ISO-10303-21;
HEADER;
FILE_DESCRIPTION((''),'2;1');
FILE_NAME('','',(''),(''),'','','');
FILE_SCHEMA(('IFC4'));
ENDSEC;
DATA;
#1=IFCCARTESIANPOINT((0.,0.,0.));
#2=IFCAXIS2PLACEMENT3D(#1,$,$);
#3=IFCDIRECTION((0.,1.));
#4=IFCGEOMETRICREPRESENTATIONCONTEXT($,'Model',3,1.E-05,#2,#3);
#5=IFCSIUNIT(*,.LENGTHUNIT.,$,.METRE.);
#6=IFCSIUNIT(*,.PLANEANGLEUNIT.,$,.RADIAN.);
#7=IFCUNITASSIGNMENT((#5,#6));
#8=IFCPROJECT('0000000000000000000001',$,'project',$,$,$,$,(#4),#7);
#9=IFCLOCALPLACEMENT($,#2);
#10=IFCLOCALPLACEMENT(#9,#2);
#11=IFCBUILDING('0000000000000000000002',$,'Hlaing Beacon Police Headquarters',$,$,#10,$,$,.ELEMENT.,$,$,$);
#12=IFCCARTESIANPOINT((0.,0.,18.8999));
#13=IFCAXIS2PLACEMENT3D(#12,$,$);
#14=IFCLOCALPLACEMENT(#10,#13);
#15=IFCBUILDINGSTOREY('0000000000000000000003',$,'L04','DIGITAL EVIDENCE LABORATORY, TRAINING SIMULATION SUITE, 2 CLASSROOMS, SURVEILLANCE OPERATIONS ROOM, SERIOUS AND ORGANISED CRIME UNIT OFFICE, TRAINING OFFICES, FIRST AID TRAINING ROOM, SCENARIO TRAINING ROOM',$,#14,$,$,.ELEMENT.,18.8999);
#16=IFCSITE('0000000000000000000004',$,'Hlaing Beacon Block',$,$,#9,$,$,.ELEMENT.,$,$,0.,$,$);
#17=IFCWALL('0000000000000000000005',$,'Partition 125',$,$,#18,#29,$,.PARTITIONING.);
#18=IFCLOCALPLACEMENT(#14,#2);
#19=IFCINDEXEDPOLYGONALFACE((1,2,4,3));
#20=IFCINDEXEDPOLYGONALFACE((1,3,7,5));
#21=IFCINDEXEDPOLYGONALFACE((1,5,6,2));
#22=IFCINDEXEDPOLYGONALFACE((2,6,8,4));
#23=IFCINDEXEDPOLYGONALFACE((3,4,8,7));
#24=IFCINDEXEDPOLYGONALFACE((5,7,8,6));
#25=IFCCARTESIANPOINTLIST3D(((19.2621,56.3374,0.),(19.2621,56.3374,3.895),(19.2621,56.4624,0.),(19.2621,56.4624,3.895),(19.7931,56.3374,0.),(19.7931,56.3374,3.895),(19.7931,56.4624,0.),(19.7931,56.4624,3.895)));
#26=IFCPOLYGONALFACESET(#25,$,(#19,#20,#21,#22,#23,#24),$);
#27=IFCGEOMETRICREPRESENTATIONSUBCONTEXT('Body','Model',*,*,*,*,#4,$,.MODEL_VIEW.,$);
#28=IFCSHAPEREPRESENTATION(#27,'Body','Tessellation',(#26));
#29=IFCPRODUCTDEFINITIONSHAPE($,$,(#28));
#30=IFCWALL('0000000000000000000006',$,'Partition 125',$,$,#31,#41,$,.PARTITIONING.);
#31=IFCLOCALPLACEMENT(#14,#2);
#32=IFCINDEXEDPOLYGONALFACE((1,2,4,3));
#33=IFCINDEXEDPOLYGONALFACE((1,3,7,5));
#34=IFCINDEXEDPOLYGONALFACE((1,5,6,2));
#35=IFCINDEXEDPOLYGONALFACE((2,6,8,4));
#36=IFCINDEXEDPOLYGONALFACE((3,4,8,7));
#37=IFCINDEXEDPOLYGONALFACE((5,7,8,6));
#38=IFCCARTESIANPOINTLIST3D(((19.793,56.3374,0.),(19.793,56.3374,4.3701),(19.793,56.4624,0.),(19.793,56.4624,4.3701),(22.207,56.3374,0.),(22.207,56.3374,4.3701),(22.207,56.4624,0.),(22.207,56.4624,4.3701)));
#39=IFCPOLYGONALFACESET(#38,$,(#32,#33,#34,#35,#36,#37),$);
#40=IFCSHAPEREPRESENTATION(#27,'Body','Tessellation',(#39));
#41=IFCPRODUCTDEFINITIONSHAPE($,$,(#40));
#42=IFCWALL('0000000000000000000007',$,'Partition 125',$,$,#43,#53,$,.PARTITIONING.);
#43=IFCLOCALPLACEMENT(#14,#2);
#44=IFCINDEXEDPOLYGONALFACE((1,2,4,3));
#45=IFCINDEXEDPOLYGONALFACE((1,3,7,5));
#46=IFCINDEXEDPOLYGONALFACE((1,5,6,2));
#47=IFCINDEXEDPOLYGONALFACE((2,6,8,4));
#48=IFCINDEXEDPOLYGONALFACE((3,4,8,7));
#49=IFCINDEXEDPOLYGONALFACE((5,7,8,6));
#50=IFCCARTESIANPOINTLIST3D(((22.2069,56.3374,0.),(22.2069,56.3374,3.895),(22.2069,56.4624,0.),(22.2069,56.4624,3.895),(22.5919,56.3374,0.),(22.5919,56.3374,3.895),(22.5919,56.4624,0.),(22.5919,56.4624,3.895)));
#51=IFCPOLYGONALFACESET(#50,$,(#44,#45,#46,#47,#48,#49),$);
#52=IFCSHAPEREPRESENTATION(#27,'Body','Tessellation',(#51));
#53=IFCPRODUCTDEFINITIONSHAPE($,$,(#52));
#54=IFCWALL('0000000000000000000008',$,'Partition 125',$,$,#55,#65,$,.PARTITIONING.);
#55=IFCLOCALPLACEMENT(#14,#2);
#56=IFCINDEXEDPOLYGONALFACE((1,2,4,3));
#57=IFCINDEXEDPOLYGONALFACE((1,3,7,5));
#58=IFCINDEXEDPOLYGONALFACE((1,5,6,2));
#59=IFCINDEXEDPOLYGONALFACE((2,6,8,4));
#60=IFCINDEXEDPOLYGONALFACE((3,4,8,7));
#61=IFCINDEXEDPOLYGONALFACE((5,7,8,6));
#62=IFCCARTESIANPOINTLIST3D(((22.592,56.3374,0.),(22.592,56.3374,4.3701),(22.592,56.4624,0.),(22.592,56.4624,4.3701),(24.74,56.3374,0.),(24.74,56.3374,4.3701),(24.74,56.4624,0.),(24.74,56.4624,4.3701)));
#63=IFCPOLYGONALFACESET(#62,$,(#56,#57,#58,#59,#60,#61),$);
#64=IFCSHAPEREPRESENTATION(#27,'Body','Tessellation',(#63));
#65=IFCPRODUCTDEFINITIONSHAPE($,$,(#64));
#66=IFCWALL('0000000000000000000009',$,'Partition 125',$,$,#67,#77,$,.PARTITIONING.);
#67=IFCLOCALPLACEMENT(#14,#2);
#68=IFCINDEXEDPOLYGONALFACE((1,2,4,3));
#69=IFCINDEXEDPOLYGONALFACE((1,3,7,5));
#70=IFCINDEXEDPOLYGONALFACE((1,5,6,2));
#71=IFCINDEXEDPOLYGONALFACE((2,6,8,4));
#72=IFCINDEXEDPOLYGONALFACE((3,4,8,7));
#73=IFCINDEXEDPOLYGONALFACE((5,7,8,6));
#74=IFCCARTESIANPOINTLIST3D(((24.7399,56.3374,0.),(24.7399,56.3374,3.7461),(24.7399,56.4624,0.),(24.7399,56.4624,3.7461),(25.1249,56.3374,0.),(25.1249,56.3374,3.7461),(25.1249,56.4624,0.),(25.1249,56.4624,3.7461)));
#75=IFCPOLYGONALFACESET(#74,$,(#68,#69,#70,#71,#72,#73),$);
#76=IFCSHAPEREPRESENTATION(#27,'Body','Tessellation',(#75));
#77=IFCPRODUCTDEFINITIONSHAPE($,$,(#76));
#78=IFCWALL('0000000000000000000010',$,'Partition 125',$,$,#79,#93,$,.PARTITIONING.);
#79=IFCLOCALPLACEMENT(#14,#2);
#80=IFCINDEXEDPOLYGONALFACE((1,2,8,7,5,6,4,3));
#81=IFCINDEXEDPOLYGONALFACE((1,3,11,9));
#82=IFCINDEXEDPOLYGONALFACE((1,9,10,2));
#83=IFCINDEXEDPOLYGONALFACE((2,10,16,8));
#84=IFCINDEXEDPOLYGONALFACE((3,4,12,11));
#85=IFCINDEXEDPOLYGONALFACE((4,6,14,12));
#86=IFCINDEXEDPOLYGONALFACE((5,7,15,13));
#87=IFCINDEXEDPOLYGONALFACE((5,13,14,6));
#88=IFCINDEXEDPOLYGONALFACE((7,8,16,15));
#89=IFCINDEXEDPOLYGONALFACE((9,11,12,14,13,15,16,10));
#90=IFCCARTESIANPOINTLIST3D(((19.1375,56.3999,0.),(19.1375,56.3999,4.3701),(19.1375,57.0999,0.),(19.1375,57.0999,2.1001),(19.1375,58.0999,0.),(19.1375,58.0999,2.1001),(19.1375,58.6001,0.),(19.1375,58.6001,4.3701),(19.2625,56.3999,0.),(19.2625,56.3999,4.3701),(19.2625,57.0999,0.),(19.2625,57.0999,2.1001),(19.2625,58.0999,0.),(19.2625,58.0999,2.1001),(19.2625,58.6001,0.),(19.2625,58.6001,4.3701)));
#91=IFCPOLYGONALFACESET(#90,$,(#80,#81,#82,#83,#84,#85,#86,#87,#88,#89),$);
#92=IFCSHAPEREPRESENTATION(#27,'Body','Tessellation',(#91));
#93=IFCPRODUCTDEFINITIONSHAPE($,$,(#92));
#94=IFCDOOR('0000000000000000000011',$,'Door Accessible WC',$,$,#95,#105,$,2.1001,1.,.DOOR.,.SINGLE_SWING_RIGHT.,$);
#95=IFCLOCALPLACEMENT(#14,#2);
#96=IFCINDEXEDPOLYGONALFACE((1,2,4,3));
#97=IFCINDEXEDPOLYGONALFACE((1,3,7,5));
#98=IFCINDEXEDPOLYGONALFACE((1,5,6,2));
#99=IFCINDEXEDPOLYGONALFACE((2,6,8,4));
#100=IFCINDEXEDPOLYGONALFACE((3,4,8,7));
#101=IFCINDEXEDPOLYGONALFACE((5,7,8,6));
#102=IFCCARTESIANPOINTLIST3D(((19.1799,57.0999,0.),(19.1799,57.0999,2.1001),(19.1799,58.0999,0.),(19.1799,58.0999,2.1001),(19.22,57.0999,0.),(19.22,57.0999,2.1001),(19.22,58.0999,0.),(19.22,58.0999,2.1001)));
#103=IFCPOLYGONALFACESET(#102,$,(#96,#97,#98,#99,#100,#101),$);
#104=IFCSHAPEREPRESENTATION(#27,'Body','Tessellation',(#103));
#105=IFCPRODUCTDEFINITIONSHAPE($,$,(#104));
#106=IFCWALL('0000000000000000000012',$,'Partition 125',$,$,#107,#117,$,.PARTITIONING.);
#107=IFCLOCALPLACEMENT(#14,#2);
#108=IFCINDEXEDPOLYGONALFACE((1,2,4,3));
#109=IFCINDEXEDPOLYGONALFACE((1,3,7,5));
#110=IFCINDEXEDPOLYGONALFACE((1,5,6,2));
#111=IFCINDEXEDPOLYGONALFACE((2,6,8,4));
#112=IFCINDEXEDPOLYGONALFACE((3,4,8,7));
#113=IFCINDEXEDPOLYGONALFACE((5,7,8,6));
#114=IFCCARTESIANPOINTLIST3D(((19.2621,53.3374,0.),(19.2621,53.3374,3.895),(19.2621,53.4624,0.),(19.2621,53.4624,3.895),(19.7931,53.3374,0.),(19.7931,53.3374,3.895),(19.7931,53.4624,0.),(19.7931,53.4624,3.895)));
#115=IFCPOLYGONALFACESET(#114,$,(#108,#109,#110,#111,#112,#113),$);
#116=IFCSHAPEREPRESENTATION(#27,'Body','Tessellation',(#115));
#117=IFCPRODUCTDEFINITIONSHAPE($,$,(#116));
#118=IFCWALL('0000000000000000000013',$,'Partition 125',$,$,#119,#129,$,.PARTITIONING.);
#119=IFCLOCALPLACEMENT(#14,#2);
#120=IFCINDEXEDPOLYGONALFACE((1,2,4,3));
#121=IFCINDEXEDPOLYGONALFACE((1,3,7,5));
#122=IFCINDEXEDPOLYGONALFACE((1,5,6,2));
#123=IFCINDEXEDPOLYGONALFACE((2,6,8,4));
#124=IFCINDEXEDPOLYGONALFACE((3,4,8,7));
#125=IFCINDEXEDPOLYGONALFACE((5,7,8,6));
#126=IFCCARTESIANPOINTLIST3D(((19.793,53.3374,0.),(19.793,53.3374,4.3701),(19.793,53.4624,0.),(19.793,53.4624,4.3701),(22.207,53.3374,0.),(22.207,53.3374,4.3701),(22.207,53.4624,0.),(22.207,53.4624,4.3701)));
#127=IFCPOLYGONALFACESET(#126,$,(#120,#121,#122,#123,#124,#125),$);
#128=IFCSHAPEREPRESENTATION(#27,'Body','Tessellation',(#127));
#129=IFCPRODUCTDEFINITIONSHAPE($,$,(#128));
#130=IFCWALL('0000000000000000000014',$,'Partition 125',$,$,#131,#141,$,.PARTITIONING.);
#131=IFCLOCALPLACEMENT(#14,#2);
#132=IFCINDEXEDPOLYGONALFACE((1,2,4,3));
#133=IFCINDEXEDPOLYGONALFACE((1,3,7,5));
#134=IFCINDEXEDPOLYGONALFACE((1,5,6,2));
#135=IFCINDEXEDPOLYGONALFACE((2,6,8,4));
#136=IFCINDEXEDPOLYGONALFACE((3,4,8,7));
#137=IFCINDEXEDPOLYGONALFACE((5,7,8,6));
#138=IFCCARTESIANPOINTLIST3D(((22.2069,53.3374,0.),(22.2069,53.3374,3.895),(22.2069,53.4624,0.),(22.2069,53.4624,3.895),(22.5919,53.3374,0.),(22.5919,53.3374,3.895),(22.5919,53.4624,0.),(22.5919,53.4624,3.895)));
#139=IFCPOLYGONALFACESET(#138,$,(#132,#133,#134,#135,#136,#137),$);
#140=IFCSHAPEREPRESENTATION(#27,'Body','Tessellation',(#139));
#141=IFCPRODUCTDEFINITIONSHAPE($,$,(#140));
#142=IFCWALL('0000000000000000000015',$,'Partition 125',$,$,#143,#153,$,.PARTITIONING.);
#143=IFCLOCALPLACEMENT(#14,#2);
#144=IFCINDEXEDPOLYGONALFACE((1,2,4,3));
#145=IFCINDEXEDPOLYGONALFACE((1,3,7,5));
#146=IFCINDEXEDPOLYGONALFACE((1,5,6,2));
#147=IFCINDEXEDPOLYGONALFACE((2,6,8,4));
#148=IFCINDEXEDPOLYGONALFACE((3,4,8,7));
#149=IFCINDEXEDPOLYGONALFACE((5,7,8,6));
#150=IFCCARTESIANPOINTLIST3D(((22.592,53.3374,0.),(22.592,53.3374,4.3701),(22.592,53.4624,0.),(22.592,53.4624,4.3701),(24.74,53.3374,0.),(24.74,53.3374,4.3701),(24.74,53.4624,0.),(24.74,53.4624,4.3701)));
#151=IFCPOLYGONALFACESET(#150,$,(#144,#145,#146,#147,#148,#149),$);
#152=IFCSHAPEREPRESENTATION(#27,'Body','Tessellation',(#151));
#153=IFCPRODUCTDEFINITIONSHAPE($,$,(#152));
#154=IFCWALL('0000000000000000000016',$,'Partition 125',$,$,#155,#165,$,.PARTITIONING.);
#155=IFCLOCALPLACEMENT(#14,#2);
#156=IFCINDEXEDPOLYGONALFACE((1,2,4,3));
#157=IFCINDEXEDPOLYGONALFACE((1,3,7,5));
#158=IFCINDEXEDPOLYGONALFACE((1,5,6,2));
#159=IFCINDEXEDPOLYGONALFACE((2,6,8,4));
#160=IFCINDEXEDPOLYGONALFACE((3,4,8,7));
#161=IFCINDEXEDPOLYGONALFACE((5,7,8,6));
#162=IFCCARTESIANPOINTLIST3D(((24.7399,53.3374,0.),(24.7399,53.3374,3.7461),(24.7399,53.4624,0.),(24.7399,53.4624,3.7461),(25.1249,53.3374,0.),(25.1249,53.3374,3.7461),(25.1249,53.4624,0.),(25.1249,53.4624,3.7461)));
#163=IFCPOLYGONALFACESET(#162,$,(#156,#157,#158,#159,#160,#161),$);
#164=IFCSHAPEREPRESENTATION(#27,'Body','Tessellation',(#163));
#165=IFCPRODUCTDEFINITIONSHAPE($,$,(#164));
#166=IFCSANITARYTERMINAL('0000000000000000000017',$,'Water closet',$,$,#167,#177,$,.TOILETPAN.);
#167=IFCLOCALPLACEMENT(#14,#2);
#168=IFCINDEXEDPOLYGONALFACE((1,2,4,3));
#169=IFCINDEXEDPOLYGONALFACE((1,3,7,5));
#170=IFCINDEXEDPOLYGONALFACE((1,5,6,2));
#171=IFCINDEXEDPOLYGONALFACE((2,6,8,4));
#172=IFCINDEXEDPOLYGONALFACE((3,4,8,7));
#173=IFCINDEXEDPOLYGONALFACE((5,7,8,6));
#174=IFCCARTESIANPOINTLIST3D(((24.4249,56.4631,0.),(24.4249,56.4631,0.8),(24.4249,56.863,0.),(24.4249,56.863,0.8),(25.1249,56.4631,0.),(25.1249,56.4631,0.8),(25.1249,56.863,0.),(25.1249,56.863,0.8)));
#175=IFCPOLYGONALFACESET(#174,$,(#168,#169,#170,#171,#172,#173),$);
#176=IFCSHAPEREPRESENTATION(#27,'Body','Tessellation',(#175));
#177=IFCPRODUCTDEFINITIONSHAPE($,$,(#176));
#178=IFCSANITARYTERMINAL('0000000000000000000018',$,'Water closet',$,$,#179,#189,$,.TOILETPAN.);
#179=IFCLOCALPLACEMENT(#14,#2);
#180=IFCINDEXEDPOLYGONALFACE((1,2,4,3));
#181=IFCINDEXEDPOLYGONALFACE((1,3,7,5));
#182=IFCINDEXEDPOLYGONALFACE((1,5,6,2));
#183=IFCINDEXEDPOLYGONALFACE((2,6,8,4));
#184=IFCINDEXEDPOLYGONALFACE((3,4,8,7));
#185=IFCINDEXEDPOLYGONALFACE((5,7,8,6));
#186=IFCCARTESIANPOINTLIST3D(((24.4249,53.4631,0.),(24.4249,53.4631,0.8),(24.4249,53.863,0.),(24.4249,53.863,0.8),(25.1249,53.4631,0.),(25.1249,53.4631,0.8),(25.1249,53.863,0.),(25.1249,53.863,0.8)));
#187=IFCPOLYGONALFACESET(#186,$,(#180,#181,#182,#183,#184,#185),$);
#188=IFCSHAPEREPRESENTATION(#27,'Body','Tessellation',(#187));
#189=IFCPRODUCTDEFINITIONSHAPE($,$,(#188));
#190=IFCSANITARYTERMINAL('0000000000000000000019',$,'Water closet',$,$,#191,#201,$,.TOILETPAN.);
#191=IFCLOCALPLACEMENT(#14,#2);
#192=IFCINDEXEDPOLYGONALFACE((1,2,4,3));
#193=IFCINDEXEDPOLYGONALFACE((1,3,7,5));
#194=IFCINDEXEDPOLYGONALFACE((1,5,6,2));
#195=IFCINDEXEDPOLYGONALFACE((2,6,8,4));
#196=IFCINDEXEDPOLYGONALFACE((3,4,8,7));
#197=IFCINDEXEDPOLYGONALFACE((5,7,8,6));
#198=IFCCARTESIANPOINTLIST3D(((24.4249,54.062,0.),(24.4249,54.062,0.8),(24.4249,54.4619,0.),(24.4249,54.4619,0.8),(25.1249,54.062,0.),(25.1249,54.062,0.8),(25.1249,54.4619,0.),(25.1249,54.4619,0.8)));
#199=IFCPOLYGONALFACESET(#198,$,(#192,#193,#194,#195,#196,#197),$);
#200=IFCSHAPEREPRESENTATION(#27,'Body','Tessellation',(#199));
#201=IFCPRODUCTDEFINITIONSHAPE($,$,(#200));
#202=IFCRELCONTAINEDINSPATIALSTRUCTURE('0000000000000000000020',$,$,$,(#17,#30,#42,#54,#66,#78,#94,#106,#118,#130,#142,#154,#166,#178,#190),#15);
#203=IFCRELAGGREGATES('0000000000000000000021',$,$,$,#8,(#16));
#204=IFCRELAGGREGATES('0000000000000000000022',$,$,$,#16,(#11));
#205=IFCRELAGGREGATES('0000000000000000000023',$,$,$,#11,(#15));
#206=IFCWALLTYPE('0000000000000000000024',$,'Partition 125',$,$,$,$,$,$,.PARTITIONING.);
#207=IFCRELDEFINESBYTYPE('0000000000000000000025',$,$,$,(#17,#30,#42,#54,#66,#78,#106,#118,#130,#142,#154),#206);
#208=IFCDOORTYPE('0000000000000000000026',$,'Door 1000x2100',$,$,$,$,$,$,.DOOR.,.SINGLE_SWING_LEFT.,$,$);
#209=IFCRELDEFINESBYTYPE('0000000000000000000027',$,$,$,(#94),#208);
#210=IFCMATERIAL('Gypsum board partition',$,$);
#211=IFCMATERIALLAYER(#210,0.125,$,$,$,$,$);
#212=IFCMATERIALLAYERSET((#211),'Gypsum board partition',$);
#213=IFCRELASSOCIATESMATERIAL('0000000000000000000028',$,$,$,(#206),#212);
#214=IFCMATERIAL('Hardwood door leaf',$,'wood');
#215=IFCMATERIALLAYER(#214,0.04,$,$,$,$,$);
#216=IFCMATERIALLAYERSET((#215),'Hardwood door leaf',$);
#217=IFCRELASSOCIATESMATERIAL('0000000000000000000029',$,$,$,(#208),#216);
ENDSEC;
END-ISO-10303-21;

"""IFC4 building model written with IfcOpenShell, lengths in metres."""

from ifc_helpers import new_model, si_unit, direction, frame, frame_2d, origin, origin_2d, place, context, subcontext, project, spatial, rectangle, extrude, material, layer, layer_set, type_object, element, fill, save


model = new_model("IFC4")

# Units and contexts
model_context = context("Model", 3, precision=1e-05, world=origin(), true_north=direction((0.0, 1.0)))
body_context = subcontext(model_context, "Body", "Model", "MODEL_VIEW")
ifc_project = project(units=[si_unit("LENGTHUNIT", "METRE"), si_unit("PLANEANGLEUNIT", "RADIAN")], contexts=[model_context])

# Site, building, storey
site_placement = place(None, origin())
site = spatial("IfcSite", under=ifc_project, at=site_placement, Name="Hlaing Beacon Block", CompositionType="ELEMENT", RefElevation=0.0)
building_placement = place(site_placement, origin())
building = spatial("IfcBuilding", under=site, at=building_placement, Name="Hlaing Beacon Police Headquarters", CompositionType="ELEMENT")
storey_placement = place(building_placement, frame((0.0, 0.0, 18.8999)))
storey = spatial("IfcBuildingStorey", under=building, at=storey_placement, Name="L04", Description="DIGITAL EVIDENCE LABORATORY, TRAINING SIMULATION SUITE, 2 CLASSROOMS, SURVEILLANCE OPERATIONS ROOM, SERIOUS AND ORGANISED CRIME UNIT OFFICE, TRAINING OFFICES, FIRST AID TRAINING ROOM, SCENARIO TRAINING ROOM", CompositionType="ELEMENT", Elevation=18.8999)

# Walls
ifc_material_1 = material(Name="Gypsum board partition")
ifc_layer_1 = layer(ifc_material_1, 0.125)
ifc_layer_set_1 = layer_set([ifc_layer_1], Name="Gypsum board partition")
wall_type = type_object("IfcWallType", Name="Partition 125", PredefinedType="PARTITIONING", material=ifc_layer_set_1)
wall_1_placement = place(storey_placement, frame((19.262, 56.3999, 0.0), z_axis=(0.0, 0.0, 1.0), x_axis=(1.0, 0.0, 0.0)))
element("IfcWall", 1, at=wall_1_placement, inside=storey, type_object=wall_type, Name="Partition 125", PredefinedType="PARTITIONING", context=body_context, shape_type="SweptSolid", body=[
    extrude(rectangle(XDim=0.531, YDim=0.125, at=frame_2d((0.2656, 0.0))), origin(), (0.0, 0.0, 1.0), 3.895),
])
wall_2_placement = place(storey_placement, frame((19.793, 56.3999, 0.0), z_axis=(0.0, 0.0, 1.0), x_axis=(1.0, 0.0, 0.0)))
element("IfcWall", 2, at=wall_2_placement, inside=storey, type_object=wall_type, Name="Partition 125", PredefinedType="PARTITIONING", context=body_context, shape_type="SweptSolid", body=[
    extrude(rectangle(XDim=2.4141, YDim=0.125, at=frame_2d((1.207, 0.0))), origin(), (0.0, 0.0, 1.0), 4.3701),
])
wall_3_placement = place(storey_placement, frame((22.207, 56.3999, 0.0), z_axis=(0.0, 0.0, 1.0), x_axis=(1.0, 0.0, 0.0)))
element("IfcWall", 3, at=wall_3_placement, inside=storey, type_object=wall_type, Name="Partition 125", PredefinedType="PARTITIONING", context=body_context, shape_type="SweptSolid", body=[
    extrude(rectangle(XDim=0.385, YDim=0.125, at=frame_2d((0.1924, 0.0))), origin(), (0.0, 0.0, 1.0), 3.895),
])
wall_4_placement = place(storey_placement, frame((22.592, 56.3999, 0.0), z_axis=(0.0, 0.0, 1.0), x_axis=(1.0, 0.0, 0.0)))
element("IfcWall", 4, at=wall_4_placement, inside=storey, type_object=wall_type, Name="Partition 125", PredefinedType="PARTITIONING", context=body_context, shape_type="SweptSolid", body=[
    extrude(rectangle(XDim=2.1479, YDim=0.125, at=frame_2d((1.074, 0.0))), origin(), (0.0, 0.0, 1.0), 4.3701),
])
wall_5_placement = place(storey_placement, frame((24.74, 56.3999, 0.0), z_axis=(0.0, 0.0, 1.0), x_axis=(1.0, 0.0, 0.0)))
element("IfcWall", 5, at=wall_5_placement, inside=storey, type_object=wall_type, Name="Partition 125", PredefinedType="PARTITIONING", context=body_context, shape_type="SweptSolid", body=[
    extrude(rectangle(XDim=0.385, YDim=0.125, at=frame_2d((0.1924, 0.0))), origin(), (0.0, 0.0, 1.0), 3.7461),
])

# Wall, opening, door
wall_6_placement = place(storey_placement, frame((19.2, 56.3999, 0.0), z_axis=(0.0, 0.0, 1.0), x_axis=(0.0, 1.0, 0.0)))
wall_6 = element("IfcWall", 6, at=wall_6_placement, inside=storey, type_object=wall_type, Name="Partition 125", PredefinedType="PARTITIONING", context=body_context, shape_type="SweptSolid", body=[
    extrude(rectangle(XDim=2.2002, YDim=0.125, at=frame_2d((1.1001, 0.0))), origin(), (0.0, 0.0, 1.0), 4.3701),
])
opening_placement = place(wall_6_placement, frame((0.7, 0.0, 0.0)))
opening = element("IfcOpeningElement", 7, at=opening_placement, cuts=wall_6, PredefinedType="OPENING", context=body_context, shape_type="SweptSolid", body=[
    extrude(rectangle(XDim=1.0, YDim=2.1001, at=frame_2d((0.5, 1.05))), frame((0.0, 0.0725, 0.0), z_axis=(0.0, -1.0, 0.0), x_axis=(1.0, 0.0, 0.0)), (0.0, 0.0, 1.0), 0.145),
])
ifc_material_2 = material(Name="Hardwood door leaf", Category="wood")
ifc_layer_2 = layer(ifc_material_2, 0.04)
ifc_layer_set_2 = layer_set([ifc_layer_2], Name="Hardwood door leaf")
door_type = type_object("IfcDoorType", Name="Door 1000x2100", OperationType="SINGLE_SWING_LEFT", PredefinedType="DOOR", material=ifc_layer_set_2)
door_placement = place(opening_placement, frame((1.0, 0.0, 0.0), z_axis=(0.0, 0.0, 1.0), x_axis=(-1.0, 0.0, 0.0)))
door = element("IfcDoor", 8, at=door_placement, inside=storey, type_object=door_type, Name="Door Accessible WC", OperationType="SINGLE_SWING_RIGHT", OverallHeight=2.1001, OverallWidth=1.0, PredefinedType="DOOR", context=body_context, shape_type="SweptSolid", body=[
    extrude(rectangle(XDim=1.0, YDim=2.1001, at=frame_2d((0.5, 1.05))), frame((0.0, 0.02, 0.0), z_axis=(0.0, -1.0, 0.0), x_axis=(1.0, 0.0, 0.0)), (0.0, 0.0, 1.0), 0.04),
])
fill(opening, door)

# Walls
wall_7_placement = place(storey_placement, frame((19.262, 53.3999, 0.0), z_axis=(0.0, 0.0, 1.0), x_axis=(1.0, 0.0, 0.0)))
element("IfcWall", 9, at=wall_7_placement, inside=storey, type_object=wall_type, Name="Partition 125", PredefinedType="PARTITIONING", context=body_context, shape_type="SweptSolid", body=[
    extrude(rectangle(XDim=0.531, YDim=0.125, at=frame_2d((0.2656, 0.0))), origin(), (0.0, 0.0, 1.0), 3.895),
])
wall_8_placement = place(storey_placement, frame((19.793, 53.3999, 0.0), z_axis=(0.0, 0.0, 1.0), x_axis=(1.0, 0.0, 0.0)))
element("IfcWall", 10, at=wall_8_placement, inside=storey, type_object=wall_type, Name="Partition 125", PredefinedType="PARTITIONING", context=body_context, shape_type="SweptSolid", body=[
    extrude(rectangle(XDim=2.4141, YDim=0.125, at=frame_2d((1.207, 0.0))), origin(), (0.0, 0.0, 1.0), 4.3701),
])
wall_9_placement = place(storey_placement, frame((22.207, 53.3999, 0.0), z_axis=(0.0, 0.0, 1.0), x_axis=(1.0, 0.0, 0.0)))
element("IfcWall", 11, at=wall_9_placement, inside=storey, type_object=wall_type, Name="Partition 125", PredefinedType="PARTITIONING", context=body_context, shape_type="SweptSolid", body=[
    extrude(rectangle(XDim=0.385, YDim=0.125, at=frame_2d((0.1924, 0.0))), origin(), (0.0, 0.0, 1.0), 3.895),
])
wall_10_placement = place(storey_placement, frame((22.592, 53.3999, 0.0), z_axis=(0.0, 0.0, 1.0), x_axis=(1.0, 0.0, 0.0)))
element("IfcWall", 12, at=wall_10_placement, inside=storey, type_object=wall_type, Name="Partition 125", PredefinedType="PARTITIONING", context=body_context, shape_type="SweptSolid", body=[
    extrude(rectangle(XDim=2.1479, YDim=0.125, at=frame_2d((1.074, 0.0))), origin(), (0.0, 0.0, 1.0), 4.3701),
])
wall_11_placement = place(storey_placement, frame((24.74, 53.3999, 0.0), z_axis=(0.0, 0.0, 1.0), x_axis=(1.0, 0.0, 0.0)))
element("IfcWall", 13, at=wall_11_placement, inside=storey, type_object=wall_type, Name="Partition 125", PredefinedType="PARTITIONING", context=body_context, shape_type="SweptSolid", body=[
    extrude(rectangle(XDim=0.385, YDim=0.125, at=frame_2d((0.1924, 0.0))), origin(), (0.0, 0.0, 1.0), 3.7461),
])

# Sanitary terminals
for number, where, z_axis, x_axis, name in (
    (14, (24.7749, 56.6631, 0.0), (0.0, 0.0, 1.0), (1.0, 0.0, 0.0), "Water closet"),
    (15, (24.7749, 53.6631, 0.0), (0.0, 0.0, 1.0), (1.0, 0.0, 0.0), "Water closet"),
    (16, (24.7749, 54.262, 0.0), (0.0, 0.0, 1.0), (1.0, 0.0, 0.0), "Water closet"),
):
    element("IfcSanitaryTerminal", number, at=place(storey_placement, frame(where, z_axis=z_axis, x_axis=x_axis)), inside=storey, Name=name, PredefinedType="TOILETPAN", context=body_context, shape_type="SweptSolid", body=[
        extrude(rectangle(XDim=0.7, YDim=0.3999, at=origin_2d()), origin(), (0.0, 0.0, 1.0), 0.8),
    ])

save(model, "model.ifc")
